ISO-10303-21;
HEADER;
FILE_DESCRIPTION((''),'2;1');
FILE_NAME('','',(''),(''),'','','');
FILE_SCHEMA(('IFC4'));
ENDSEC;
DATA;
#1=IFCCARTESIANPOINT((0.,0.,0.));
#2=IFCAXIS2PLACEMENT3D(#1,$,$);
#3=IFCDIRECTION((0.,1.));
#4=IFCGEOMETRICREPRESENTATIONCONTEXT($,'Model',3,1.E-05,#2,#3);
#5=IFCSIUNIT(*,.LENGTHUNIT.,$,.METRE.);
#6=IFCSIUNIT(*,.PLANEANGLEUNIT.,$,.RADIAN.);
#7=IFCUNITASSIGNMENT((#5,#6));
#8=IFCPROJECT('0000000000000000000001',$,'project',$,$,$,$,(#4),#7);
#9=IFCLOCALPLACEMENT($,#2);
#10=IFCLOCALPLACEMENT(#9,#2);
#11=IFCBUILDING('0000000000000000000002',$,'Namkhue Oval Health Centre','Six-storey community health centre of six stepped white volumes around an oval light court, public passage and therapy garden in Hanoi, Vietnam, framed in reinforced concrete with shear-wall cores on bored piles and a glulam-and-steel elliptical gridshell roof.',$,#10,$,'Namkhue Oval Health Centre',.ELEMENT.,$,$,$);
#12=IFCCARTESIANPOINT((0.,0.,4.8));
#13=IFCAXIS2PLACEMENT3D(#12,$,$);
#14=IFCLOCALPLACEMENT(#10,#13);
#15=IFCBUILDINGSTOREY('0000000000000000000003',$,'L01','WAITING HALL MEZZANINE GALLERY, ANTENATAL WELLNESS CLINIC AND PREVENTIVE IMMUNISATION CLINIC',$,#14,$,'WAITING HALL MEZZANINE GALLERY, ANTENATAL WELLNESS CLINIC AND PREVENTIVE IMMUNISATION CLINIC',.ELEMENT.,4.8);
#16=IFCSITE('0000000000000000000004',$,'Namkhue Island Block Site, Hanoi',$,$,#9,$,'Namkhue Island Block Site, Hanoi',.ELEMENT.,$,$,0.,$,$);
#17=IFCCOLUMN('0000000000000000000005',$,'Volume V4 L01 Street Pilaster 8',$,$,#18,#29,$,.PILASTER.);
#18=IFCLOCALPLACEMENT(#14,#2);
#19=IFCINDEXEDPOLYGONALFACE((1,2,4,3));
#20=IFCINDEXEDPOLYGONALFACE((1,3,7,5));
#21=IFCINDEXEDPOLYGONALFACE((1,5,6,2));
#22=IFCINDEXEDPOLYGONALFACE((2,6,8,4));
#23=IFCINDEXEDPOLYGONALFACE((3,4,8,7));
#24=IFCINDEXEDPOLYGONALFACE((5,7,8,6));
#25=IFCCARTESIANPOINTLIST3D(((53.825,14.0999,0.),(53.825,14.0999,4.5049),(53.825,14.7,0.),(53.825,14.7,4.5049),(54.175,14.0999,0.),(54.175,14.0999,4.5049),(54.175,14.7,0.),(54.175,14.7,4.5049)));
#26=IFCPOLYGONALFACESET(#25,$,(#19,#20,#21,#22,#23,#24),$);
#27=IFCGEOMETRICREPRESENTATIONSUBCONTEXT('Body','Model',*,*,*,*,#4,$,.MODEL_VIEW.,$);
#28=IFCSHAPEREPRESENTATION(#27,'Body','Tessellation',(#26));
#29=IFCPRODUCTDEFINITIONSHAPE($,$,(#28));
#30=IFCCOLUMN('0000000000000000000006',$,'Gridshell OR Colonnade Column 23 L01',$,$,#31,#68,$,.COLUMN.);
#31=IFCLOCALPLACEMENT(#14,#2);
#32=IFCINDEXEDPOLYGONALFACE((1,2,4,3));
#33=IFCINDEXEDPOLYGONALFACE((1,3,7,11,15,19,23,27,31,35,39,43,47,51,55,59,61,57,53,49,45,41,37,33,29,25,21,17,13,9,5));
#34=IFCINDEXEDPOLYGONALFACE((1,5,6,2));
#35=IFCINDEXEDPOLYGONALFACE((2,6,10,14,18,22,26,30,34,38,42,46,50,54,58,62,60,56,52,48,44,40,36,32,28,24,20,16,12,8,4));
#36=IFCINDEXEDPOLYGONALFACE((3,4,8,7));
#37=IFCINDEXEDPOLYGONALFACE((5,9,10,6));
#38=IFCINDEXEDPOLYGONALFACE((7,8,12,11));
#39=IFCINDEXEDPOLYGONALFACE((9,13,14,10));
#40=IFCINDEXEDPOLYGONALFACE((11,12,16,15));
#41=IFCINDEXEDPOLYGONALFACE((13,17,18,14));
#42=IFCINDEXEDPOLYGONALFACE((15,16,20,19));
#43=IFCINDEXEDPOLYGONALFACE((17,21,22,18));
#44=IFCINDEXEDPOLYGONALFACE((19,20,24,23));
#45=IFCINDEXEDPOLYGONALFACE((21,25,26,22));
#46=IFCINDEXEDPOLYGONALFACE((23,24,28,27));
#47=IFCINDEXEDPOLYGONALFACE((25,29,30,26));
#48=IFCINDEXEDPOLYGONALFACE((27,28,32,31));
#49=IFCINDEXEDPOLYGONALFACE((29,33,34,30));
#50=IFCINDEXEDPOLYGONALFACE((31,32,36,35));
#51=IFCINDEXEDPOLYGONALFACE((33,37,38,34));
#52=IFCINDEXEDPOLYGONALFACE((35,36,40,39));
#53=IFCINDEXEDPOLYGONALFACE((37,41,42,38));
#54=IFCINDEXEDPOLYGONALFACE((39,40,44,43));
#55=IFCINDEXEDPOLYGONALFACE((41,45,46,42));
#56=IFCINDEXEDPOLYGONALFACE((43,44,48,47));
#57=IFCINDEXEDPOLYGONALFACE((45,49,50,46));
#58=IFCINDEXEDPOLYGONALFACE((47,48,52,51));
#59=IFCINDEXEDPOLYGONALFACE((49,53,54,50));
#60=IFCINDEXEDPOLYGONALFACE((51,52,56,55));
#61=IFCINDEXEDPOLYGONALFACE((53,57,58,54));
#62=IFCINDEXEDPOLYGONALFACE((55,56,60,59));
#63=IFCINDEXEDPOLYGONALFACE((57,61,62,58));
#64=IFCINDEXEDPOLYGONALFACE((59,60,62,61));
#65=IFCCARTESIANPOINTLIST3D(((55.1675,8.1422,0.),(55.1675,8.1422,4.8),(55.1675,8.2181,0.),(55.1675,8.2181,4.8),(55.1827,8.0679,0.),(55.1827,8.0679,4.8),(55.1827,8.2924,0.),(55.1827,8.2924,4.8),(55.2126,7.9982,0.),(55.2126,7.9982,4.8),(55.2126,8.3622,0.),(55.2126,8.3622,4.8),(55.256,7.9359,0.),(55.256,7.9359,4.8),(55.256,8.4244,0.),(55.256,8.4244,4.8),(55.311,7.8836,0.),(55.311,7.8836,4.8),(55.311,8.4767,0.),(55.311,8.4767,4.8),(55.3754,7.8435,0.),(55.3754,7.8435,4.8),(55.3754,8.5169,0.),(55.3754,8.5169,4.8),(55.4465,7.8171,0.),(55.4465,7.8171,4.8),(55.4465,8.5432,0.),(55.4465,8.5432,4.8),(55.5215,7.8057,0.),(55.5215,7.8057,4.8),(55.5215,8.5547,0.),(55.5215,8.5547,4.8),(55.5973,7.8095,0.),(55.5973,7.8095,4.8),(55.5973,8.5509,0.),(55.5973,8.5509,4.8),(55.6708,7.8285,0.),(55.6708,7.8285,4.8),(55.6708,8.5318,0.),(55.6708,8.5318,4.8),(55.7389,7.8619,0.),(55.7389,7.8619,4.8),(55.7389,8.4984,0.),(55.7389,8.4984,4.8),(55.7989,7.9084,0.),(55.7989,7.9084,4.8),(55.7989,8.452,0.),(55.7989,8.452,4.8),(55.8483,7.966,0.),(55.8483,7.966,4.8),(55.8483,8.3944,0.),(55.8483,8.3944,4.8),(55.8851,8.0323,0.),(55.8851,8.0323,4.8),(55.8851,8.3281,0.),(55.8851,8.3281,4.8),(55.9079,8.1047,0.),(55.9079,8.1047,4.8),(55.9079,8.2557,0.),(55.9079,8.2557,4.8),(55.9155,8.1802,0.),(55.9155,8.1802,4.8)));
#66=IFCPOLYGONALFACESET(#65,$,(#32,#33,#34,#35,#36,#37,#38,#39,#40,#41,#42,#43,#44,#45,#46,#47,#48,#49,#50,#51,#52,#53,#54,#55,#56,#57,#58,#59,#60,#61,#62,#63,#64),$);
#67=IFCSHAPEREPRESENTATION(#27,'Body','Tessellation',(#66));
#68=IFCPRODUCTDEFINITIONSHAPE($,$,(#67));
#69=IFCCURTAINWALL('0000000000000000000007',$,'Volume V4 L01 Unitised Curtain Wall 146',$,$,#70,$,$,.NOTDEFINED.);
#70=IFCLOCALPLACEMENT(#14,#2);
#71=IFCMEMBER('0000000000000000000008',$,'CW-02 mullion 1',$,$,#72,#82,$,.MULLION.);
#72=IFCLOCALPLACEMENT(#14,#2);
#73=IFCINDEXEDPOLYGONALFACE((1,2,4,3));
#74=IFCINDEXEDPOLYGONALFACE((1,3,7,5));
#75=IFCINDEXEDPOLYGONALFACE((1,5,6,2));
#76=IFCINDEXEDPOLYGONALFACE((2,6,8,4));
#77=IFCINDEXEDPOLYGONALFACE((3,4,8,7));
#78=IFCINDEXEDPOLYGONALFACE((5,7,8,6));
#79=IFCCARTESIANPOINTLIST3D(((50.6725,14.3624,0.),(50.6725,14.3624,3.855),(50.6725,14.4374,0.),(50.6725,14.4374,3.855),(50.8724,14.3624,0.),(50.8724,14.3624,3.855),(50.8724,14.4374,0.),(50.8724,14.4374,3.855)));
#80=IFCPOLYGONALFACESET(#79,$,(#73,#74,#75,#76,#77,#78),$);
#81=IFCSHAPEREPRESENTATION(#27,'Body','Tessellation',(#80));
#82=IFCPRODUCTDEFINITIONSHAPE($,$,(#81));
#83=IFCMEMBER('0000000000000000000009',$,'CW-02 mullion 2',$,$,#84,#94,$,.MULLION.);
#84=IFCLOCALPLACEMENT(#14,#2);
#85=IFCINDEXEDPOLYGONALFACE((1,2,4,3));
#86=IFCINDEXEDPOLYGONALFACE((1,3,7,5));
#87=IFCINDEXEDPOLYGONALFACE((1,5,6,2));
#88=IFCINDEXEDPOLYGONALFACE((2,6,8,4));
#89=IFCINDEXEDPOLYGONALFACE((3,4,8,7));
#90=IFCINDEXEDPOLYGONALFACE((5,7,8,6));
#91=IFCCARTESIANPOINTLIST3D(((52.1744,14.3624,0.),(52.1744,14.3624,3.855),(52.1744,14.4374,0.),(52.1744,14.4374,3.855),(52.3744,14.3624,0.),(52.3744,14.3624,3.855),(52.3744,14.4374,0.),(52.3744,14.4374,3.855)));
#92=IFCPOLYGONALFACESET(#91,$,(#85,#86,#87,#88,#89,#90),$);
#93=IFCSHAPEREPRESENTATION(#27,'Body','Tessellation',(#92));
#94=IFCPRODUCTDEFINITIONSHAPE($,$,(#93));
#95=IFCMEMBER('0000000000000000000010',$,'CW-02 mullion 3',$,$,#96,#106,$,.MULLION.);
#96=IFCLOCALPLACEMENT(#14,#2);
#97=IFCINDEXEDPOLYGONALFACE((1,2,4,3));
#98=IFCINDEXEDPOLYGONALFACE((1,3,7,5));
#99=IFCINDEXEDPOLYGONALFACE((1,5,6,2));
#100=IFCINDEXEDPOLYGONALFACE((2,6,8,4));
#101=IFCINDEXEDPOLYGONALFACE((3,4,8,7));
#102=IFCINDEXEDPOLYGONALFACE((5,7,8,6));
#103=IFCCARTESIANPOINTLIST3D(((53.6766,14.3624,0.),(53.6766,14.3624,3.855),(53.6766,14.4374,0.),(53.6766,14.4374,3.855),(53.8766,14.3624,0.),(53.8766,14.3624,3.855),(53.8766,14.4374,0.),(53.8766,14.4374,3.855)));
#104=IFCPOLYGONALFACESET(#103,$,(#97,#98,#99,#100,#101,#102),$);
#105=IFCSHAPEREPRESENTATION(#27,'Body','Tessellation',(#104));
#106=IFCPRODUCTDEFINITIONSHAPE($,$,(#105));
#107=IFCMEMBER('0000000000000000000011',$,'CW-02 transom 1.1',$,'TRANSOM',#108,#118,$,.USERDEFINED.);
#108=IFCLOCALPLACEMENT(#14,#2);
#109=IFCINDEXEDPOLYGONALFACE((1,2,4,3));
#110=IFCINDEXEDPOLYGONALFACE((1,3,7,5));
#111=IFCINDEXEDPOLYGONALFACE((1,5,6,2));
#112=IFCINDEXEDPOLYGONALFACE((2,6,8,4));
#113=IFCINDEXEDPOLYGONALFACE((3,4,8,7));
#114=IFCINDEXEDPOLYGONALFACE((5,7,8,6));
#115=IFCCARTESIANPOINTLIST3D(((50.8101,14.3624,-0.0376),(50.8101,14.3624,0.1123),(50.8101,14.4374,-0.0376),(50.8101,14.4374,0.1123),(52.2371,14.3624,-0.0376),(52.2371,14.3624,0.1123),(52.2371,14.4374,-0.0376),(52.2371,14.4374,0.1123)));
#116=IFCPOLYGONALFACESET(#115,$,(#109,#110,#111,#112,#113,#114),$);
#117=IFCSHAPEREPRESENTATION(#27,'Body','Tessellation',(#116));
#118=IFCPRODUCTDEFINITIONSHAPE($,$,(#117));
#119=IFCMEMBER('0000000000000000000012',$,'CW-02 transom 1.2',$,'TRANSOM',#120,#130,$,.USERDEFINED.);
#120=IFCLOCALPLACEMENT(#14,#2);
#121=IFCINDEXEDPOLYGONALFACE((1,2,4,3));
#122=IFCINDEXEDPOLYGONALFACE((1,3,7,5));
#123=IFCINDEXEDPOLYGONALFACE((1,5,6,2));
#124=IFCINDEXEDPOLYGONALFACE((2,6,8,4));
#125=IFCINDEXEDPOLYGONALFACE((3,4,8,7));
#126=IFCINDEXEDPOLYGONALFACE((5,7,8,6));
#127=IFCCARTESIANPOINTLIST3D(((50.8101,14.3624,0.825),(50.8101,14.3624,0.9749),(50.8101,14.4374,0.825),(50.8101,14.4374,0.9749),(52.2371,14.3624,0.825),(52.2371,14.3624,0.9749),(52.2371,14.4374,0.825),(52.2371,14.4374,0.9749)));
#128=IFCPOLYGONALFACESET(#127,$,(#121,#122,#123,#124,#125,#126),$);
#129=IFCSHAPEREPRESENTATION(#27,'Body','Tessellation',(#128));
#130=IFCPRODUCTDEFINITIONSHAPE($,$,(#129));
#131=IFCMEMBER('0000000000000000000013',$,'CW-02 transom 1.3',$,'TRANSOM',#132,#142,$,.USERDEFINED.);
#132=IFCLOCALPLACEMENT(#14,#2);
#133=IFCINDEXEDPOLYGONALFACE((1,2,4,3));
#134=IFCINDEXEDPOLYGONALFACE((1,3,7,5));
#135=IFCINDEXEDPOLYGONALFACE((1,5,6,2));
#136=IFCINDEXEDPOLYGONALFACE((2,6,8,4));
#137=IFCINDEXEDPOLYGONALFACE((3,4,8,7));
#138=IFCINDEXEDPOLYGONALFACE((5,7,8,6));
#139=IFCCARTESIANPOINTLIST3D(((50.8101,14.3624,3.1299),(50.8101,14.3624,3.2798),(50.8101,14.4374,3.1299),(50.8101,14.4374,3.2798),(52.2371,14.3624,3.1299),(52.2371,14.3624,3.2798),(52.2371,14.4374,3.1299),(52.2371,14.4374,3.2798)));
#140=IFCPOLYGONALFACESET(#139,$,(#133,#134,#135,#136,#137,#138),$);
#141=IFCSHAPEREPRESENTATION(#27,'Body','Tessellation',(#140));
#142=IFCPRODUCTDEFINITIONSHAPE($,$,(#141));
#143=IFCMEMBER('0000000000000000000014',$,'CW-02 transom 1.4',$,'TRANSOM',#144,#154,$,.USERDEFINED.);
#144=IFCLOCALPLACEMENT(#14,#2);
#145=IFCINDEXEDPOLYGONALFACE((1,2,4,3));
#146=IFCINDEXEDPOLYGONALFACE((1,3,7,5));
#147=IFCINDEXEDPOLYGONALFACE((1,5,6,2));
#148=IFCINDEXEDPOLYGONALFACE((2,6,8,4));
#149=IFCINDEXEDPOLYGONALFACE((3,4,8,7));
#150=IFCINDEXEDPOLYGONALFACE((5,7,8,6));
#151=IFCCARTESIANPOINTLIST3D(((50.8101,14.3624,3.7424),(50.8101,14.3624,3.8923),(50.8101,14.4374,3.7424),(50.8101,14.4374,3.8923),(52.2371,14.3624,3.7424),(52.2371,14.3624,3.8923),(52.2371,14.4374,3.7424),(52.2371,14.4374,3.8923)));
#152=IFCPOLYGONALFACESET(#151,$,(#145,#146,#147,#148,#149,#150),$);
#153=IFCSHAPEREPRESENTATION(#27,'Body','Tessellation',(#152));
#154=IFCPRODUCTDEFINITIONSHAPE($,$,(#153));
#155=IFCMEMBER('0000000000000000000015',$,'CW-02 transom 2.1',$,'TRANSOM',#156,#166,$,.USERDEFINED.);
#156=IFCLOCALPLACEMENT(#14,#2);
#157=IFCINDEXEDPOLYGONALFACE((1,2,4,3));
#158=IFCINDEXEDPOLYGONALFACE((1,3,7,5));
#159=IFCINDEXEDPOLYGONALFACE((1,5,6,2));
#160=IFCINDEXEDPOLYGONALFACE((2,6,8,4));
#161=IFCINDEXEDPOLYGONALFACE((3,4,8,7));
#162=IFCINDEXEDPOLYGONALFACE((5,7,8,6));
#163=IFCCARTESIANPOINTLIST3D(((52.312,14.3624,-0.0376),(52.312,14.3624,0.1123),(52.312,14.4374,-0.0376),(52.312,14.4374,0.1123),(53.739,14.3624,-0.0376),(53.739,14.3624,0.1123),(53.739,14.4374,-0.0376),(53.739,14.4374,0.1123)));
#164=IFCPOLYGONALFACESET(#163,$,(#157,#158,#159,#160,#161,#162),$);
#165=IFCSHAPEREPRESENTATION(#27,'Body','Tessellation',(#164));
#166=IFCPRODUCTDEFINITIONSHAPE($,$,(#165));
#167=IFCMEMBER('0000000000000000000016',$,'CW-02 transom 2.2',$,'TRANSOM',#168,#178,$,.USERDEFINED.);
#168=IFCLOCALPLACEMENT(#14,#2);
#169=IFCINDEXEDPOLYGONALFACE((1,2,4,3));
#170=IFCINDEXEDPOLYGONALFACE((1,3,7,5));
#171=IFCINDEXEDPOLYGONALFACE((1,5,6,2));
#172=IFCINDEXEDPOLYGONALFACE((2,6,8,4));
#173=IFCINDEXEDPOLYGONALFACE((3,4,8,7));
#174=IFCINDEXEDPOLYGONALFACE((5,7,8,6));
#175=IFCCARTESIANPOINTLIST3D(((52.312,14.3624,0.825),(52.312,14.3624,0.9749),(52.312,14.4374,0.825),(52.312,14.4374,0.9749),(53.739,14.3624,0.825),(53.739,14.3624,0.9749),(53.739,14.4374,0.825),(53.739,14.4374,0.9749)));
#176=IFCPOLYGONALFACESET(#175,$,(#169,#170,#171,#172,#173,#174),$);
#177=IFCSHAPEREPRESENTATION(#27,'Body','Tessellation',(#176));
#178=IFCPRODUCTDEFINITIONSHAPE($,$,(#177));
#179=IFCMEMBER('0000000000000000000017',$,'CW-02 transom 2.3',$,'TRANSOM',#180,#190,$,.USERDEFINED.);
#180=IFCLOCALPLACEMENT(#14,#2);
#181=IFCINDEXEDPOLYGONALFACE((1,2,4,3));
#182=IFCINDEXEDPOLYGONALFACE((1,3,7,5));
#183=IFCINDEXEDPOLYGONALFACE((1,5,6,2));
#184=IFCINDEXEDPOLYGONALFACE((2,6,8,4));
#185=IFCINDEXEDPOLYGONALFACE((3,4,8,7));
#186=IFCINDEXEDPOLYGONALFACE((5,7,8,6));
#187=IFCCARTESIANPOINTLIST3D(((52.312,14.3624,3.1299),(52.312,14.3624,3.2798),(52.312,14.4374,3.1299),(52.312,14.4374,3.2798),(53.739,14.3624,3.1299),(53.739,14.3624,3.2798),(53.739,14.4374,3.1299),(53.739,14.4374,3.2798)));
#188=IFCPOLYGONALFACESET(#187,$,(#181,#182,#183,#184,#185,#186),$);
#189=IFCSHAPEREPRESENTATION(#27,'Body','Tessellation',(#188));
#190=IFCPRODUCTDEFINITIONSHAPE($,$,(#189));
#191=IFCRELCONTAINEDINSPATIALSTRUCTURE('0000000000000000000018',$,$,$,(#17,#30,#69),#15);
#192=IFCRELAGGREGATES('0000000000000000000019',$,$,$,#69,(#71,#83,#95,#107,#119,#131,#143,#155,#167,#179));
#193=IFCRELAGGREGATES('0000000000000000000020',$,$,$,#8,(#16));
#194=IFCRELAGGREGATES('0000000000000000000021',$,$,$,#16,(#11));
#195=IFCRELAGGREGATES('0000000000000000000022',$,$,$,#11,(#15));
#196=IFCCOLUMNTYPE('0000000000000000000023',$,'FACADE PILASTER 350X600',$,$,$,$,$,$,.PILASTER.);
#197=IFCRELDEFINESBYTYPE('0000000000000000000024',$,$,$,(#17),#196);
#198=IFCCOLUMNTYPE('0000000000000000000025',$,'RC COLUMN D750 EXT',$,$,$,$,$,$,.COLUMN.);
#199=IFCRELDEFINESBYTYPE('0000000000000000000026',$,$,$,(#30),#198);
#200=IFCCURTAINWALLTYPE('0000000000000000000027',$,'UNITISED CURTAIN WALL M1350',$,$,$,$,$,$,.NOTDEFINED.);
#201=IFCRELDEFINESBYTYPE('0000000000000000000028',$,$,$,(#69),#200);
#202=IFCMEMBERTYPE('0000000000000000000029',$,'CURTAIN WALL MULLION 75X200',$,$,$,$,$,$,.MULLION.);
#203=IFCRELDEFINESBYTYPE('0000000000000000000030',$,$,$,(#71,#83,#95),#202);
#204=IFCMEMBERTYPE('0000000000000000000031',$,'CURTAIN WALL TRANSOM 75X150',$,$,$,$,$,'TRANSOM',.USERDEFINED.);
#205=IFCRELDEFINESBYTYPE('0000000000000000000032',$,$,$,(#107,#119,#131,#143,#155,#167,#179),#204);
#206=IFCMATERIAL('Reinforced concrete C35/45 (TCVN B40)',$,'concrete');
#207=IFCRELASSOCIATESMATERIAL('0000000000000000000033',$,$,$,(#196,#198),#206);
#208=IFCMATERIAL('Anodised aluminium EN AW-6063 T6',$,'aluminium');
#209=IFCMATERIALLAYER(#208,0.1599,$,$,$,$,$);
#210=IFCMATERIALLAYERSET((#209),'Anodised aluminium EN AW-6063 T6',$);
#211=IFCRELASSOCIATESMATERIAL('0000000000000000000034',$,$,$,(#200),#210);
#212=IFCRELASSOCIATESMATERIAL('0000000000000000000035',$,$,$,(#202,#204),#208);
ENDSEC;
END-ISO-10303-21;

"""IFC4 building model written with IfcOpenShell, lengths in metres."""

from ifc_helpers import new_model, si_unit, direction, frame, origin, origin_2d, place, context, subcontext, project, spatial, rectangle, circle, extrude, material, layer, layer_set, material_profile, profile_set, type_object, element, aggregate, save


model = new_model("IFC4")

# Units and contexts
model_context = context("Model", 3, precision=1e-05, world=origin(), true_north=direction((0.0, 1.0)))
body_context = subcontext(model_context, "Body", "Model", "MODEL_VIEW")
ifc_project = project(units=[si_unit("LENGTHUNIT", "METRE"), si_unit("PLANEANGLEUNIT", "RADIAN")], contexts=[model_context])

# Site, building, storey
site_placement = place(None, origin())
site = spatial("IfcSite", under=ifc_project, at=site_placement, Name="Namkhue Island Block Site, Hanoi", LongName="Namkhue Island Block Site, Hanoi", CompositionType="ELEMENT", RefElevation=0.0)
building_placement = place(site_placement, origin())
building = spatial("IfcBuilding", under=site, at=building_placement, Name="Namkhue Oval Health Centre", Description="Six-storey community health centre of six stepped white volumes around an oval light court, public passage and therapy garden in Hanoi, Vietnam, framed in reinforced concrete with shear-wall cores on bored piles and a glulam-and-steel elliptical gridshell roof.", LongName="Namkhue Oval Health Centre", CompositionType="ELEMENT")
storey_placement = place(building_placement, frame((0.0, 0.0, 4.8)))
storey = spatial("IfcBuildingStorey", under=building, at=storey_placement, Name="L01", Description="WAITING HALL MEZZANINE GALLERY, ANTENATAL WELLNESS CLINIC AND PREVENTIVE IMMUNISATION CLINIC", LongName="WAITING HALL MEZZANINE GALLERY, ANTENATAL WELLNESS CLINIC AND PREVENTIVE IMMUNISATION CLINIC", CompositionType="ELEMENT", Elevation=4.8)

# Columns
ifc_material_1 = material(Name="Reinforced concrete C35/45 (TCVN B40)", Category="concrete")
ifc_material_profile_1 = material_profile(ifc_material_1, rectangle(XDim=0.3501, YDim=0.6001, at=origin_2d()), Name="RC 350x600")
ifc_profile_set_1 = profile_set([ifc_material_profile_1], Name="Reinforced concrete C35/45 (TCVN B40)")
column_type_1 = type_object("IfcColumnType", Name="FACADE PILASTER 350X600", PredefinedType="PILASTER", material=ifc_profile_set_1)
column_1_placement = place(storey_placement, frame((54.0, 14.3999, 0.0), z_axis=(0.0, 0.0, 1.0), x_axis=(1.0, 0.0, 0.0)))
element("IfcColumn", 1, at=column_1_placement, inside=storey, type_object=column_type_1, Name="Volume V4 L01 Street Pilaster 8", PredefinedType="PILASTER", context=body_context, shape_type="SweptSolid", body=[
    extrude(rectangle(XDim=0.3501, YDim=0.6001, at=origin_2d()), origin(), (0.0, 0.0, 1.0), 4.5049),
])
ifc_material_profile_2 = material_profile(ifc_material_1, circle(Radius=0.375, at=origin_2d()), Name="RC D750")
ifc_profile_set_2 = profile_set([ifc_material_profile_2], Name="Reinforced concrete C35/45 (TCVN B40)")
column_type_2 = type_object("IfcColumnType", Name="RC COLUMN D750 EXT", PredefinedType="COLUMN", material=ifc_profile_set_2)
column_2_placement = place(storey_placement, frame((55.5405, 8.1802, 0.0), z_axis=(0.0, 0.0, 1.0), x_axis=(1.0, 0.0, 0.0)))
element("IfcColumn", 2, at=column_2_placement, inside=storey, type_object=column_type_2, Name="Gridshell OR Colonnade Column 23 L01", PredefinedType="COLUMN", context=body_context, shape_type="SweptSolid", body=[
    extrude(circle(Radius=0.375, at=origin_2d()), origin(), (0.0, 0.0, 1.0), 4.8),
])

# Curtain wall, members
ifc_material_2 = material(Name="Anodised aluminium EN AW-6063 T6", Category="aluminium")
ifc_layer_1 = layer(ifc_material_2, 0.1599)
ifc_layer_set_1 = layer_set([ifc_layer_1], Name="Anodised aluminium EN AW-6063 T6")
curtain_wall_type = type_object("IfcCurtainWallType", Name="UNITISED CURTAIN WALL M1350", PredefinedType="NOTDEFINED", material=ifc_layer_set_1)
curtain_wall_placement = place(storey_placement, origin())
curtain_wall = element("IfcCurtainWall", 3, at=curtain_wall_placement, inside=storey, type_object=curtain_wall_type, Name="Volume V4 L01 Unitised Curtain Wall 146", PredefinedType="NOTDEFINED")
ifc_material_profile_3 = material_profile(ifc_material_2, rectangle(XDim=0.075, YDim=0.2, at=origin_2d()), Name="ALU 75x200")
ifc_profile_set_3 = profile_set([ifc_material_profile_3], Name="Anodised aluminium EN AW-6063 T6")
member_type_1 = type_object("IfcMemberType", Name="CURTAIN WALL MULLION 75X200", PredefinedType="MULLION", material=ifc_profile_set_3)
member_1_placement = place(storey_placement, frame((50.7725, 14.3999, 0.0), z_axis=(0.0, 0.0, 1.0), x_axis=(0.0, 1.0, 0.0)))
member_1 = element("IfcMember", 4, at=member_1_placement, type_object=member_type_1, Name="CW-02 mullion 1", PredefinedType="MULLION", context=body_context, shape_type="SweptSolid", body=[
    extrude(rectangle(XDim=0.075, YDim=0.2, at=origin_2d()), origin(), (0.0, 0.0, 1.0), 3.855),
])
member_2_placement = place(storey_placement, frame((52.2744, 14.3999, 0.0), z_axis=(0.0, 0.0, 1.0), x_axis=(0.0, 1.0, 0.0)))
member_2 = element("IfcMember", 5, at=member_2_placement, type_object=member_type_1, Name="CW-02 mullion 2", PredefinedType="MULLION", context=body_context, shape_type="SweptSolid", body=[
    extrude(rectangle(XDim=0.075, YDim=0.2, at=origin_2d()), origin(), (0.0, 0.0, 1.0), 3.855),
])
member_3_placement = place(storey_placement, frame((53.7766, 14.3999, 0.0), z_axis=(0.0, 0.0, 1.0), x_axis=(0.0, 1.0, 0.0)))
member_3 = element("IfcMember", 6, at=member_3_placement, type_object=member_type_1, Name="CW-02 mullion 3", PredefinedType="MULLION", context=body_context, shape_type="SweptSolid", body=[
    extrude(rectangle(XDim=0.075, YDim=0.2, at=origin_2d()), origin(), (0.0, 0.0, 1.0), 3.855),
])
ifc_material_profile_4 = material_profile(ifc_material_2, rectangle(XDim=0.075, YDim=0.1499, at=origin_2d()), Name="ALU 75x150")
ifc_profile_set_4 = profile_set([ifc_material_profile_4], Name="Anodised aluminium EN AW-6063 T6")
member_type_2 = type_object("IfcMemberType", Name="CURTAIN WALL TRANSOM 75X150", ElementType="TRANSOM", PredefinedType="USERDEFINED", material=ifc_profile_set_4)
member_4_placement = place(storey_placement, frame((50.8101, 14.3999, 0.0374), z_axis=(1.0, 0.0, 0.0), x_axis=(0.0, 1.0, 0.0)))
member_4 = element("IfcMember", 7, at=member_4_placement, type_object=member_type_2, Name="CW-02 transom 1.1", ObjectType="TRANSOM", PredefinedType="USERDEFINED", context=body_context, shape_type="SweptSolid", body=[
    extrude(rectangle(XDim=0.075, YDim=0.1499, at=origin_2d()), origin(), (0.0, 0.0, 1.0), 1.427),
])
member_5_placement = place(storey_placement, frame((50.8101, 14.3999, 0.8999), z_axis=(1.0, 0.0, 0.0), x_axis=(0.0, 1.0, 0.0)))
member_5 = element("IfcMember", 8, at=member_5_placement, type_object=member_type_2, Name="CW-02 transom 1.2", ObjectType="TRANSOM", PredefinedType="USERDEFINED", context=body_context, shape_type="SweptSolid", body=[
    extrude(rectangle(XDim=0.075, YDim=0.1499, at=origin_2d()), origin(), (0.0, 0.0, 1.0), 1.427),
])
member_6_placement = place(storey_placement, frame((50.8101, 14.3999, 3.2048), z_axis=(1.0, 0.0, 0.0), x_axis=(0.0, 1.0, 0.0)))
member_6 = element("IfcMember", 9, at=member_6_placement, type_object=member_type_2, Name="CW-02 transom 1.3", ObjectType="TRANSOM", PredefinedType="USERDEFINED", context=body_context, shape_type="SweptSolid", body=[
    extrude(rectangle(XDim=0.075, YDim=0.1499, at=origin_2d()), origin(), (0.0, 0.0, 1.0), 1.427),
])
member_7_placement = place(storey_placement, frame((50.8101, 14.3999, 3.8174), z_axis=(1.0, 0.0, 0.0), x_axis=(0.0, 1.0, 0.0)))
member_7 = element("IfcMember", 10, at=member_7_placement, type_object=member_type_2, Name="CW-02 transom 1.4", ObjectType="TRANSOM", PredefinedType="USERDEFINED", context=body_context, shape_type="SweptSolid", body=[
    extrude(rectangle(XDim=0.075, YDim=0.1499, at=origin_2d()), origin(), (0.0, 0.0, 1.0), 1.427),
])
member_8_placement = place(storey_placement, frame((52.312, 14.3999, 0.0374), z_axis=(1.0, 0.0, 0.0), x_axis=(0.0, 1.0, 0.0)))
member_8 = element("IfcMember", 11, at=member_8_placement, type_object=member_type_2, Name="CW-02 transom 2.1", ObjectType="TRANSOM", PredefinedType="USERDEFINED", context=body_context, shape_type="SweptSolid", body=[
    extrude(rectangle(XDim=0.075, YDim=0.1499, at=origin_2d()), origin(), (0.0, 0.0, 1.0), 1.427),
])
member_9_placement = place(storey_placement, frame((52.312, 14.3999, 0.8999), z_axis=(1.0, 0.0, 0.0), x_axis=(0.0, 1.0, 0.0)))
member_9 = element("IfcMember", 12, at=member_9_placement, type_object=member_type_2, Name="CW-02 transom 2.2", ObjectType="TRANSOM", PredefinedType="USERDEFINED", context=body_context, shape_type="SweptSolid", body=[
    extrude(rectangle(XDim=0.075, YDim=0.1499, at=origin_2d()), origin(), (0.0, 0.0, 1.0), 1.427),
])
member_10_placement = place(storey_placement, frame((52.312, 14.3999, 3.2048), z_axis=(1.0, 0.0, 0.0), x_axis=(0.0, 1.0, 0.0)))
member_10 = element("IfcMember", 13, at=member_10_placement, type_object=member_type_2, Name="CW-02 transom 2.3", ObjectType="TRANSOM", PredefinedType="USERDEFINED", context=body_context, shape_type="SweptSolid", body=[
    extrude(rectangle(XDim=0.075, YDim=0.1499, at=origin_2d()), origin(), (0.0, 0.0, 1.0), 1.427),
])

aggregate(curtain_wall, [member_1, member_2, member_3, member_4, member_5, member_6, member_7, member_8, member_9, member_10])

save(model, "model.ifc")
